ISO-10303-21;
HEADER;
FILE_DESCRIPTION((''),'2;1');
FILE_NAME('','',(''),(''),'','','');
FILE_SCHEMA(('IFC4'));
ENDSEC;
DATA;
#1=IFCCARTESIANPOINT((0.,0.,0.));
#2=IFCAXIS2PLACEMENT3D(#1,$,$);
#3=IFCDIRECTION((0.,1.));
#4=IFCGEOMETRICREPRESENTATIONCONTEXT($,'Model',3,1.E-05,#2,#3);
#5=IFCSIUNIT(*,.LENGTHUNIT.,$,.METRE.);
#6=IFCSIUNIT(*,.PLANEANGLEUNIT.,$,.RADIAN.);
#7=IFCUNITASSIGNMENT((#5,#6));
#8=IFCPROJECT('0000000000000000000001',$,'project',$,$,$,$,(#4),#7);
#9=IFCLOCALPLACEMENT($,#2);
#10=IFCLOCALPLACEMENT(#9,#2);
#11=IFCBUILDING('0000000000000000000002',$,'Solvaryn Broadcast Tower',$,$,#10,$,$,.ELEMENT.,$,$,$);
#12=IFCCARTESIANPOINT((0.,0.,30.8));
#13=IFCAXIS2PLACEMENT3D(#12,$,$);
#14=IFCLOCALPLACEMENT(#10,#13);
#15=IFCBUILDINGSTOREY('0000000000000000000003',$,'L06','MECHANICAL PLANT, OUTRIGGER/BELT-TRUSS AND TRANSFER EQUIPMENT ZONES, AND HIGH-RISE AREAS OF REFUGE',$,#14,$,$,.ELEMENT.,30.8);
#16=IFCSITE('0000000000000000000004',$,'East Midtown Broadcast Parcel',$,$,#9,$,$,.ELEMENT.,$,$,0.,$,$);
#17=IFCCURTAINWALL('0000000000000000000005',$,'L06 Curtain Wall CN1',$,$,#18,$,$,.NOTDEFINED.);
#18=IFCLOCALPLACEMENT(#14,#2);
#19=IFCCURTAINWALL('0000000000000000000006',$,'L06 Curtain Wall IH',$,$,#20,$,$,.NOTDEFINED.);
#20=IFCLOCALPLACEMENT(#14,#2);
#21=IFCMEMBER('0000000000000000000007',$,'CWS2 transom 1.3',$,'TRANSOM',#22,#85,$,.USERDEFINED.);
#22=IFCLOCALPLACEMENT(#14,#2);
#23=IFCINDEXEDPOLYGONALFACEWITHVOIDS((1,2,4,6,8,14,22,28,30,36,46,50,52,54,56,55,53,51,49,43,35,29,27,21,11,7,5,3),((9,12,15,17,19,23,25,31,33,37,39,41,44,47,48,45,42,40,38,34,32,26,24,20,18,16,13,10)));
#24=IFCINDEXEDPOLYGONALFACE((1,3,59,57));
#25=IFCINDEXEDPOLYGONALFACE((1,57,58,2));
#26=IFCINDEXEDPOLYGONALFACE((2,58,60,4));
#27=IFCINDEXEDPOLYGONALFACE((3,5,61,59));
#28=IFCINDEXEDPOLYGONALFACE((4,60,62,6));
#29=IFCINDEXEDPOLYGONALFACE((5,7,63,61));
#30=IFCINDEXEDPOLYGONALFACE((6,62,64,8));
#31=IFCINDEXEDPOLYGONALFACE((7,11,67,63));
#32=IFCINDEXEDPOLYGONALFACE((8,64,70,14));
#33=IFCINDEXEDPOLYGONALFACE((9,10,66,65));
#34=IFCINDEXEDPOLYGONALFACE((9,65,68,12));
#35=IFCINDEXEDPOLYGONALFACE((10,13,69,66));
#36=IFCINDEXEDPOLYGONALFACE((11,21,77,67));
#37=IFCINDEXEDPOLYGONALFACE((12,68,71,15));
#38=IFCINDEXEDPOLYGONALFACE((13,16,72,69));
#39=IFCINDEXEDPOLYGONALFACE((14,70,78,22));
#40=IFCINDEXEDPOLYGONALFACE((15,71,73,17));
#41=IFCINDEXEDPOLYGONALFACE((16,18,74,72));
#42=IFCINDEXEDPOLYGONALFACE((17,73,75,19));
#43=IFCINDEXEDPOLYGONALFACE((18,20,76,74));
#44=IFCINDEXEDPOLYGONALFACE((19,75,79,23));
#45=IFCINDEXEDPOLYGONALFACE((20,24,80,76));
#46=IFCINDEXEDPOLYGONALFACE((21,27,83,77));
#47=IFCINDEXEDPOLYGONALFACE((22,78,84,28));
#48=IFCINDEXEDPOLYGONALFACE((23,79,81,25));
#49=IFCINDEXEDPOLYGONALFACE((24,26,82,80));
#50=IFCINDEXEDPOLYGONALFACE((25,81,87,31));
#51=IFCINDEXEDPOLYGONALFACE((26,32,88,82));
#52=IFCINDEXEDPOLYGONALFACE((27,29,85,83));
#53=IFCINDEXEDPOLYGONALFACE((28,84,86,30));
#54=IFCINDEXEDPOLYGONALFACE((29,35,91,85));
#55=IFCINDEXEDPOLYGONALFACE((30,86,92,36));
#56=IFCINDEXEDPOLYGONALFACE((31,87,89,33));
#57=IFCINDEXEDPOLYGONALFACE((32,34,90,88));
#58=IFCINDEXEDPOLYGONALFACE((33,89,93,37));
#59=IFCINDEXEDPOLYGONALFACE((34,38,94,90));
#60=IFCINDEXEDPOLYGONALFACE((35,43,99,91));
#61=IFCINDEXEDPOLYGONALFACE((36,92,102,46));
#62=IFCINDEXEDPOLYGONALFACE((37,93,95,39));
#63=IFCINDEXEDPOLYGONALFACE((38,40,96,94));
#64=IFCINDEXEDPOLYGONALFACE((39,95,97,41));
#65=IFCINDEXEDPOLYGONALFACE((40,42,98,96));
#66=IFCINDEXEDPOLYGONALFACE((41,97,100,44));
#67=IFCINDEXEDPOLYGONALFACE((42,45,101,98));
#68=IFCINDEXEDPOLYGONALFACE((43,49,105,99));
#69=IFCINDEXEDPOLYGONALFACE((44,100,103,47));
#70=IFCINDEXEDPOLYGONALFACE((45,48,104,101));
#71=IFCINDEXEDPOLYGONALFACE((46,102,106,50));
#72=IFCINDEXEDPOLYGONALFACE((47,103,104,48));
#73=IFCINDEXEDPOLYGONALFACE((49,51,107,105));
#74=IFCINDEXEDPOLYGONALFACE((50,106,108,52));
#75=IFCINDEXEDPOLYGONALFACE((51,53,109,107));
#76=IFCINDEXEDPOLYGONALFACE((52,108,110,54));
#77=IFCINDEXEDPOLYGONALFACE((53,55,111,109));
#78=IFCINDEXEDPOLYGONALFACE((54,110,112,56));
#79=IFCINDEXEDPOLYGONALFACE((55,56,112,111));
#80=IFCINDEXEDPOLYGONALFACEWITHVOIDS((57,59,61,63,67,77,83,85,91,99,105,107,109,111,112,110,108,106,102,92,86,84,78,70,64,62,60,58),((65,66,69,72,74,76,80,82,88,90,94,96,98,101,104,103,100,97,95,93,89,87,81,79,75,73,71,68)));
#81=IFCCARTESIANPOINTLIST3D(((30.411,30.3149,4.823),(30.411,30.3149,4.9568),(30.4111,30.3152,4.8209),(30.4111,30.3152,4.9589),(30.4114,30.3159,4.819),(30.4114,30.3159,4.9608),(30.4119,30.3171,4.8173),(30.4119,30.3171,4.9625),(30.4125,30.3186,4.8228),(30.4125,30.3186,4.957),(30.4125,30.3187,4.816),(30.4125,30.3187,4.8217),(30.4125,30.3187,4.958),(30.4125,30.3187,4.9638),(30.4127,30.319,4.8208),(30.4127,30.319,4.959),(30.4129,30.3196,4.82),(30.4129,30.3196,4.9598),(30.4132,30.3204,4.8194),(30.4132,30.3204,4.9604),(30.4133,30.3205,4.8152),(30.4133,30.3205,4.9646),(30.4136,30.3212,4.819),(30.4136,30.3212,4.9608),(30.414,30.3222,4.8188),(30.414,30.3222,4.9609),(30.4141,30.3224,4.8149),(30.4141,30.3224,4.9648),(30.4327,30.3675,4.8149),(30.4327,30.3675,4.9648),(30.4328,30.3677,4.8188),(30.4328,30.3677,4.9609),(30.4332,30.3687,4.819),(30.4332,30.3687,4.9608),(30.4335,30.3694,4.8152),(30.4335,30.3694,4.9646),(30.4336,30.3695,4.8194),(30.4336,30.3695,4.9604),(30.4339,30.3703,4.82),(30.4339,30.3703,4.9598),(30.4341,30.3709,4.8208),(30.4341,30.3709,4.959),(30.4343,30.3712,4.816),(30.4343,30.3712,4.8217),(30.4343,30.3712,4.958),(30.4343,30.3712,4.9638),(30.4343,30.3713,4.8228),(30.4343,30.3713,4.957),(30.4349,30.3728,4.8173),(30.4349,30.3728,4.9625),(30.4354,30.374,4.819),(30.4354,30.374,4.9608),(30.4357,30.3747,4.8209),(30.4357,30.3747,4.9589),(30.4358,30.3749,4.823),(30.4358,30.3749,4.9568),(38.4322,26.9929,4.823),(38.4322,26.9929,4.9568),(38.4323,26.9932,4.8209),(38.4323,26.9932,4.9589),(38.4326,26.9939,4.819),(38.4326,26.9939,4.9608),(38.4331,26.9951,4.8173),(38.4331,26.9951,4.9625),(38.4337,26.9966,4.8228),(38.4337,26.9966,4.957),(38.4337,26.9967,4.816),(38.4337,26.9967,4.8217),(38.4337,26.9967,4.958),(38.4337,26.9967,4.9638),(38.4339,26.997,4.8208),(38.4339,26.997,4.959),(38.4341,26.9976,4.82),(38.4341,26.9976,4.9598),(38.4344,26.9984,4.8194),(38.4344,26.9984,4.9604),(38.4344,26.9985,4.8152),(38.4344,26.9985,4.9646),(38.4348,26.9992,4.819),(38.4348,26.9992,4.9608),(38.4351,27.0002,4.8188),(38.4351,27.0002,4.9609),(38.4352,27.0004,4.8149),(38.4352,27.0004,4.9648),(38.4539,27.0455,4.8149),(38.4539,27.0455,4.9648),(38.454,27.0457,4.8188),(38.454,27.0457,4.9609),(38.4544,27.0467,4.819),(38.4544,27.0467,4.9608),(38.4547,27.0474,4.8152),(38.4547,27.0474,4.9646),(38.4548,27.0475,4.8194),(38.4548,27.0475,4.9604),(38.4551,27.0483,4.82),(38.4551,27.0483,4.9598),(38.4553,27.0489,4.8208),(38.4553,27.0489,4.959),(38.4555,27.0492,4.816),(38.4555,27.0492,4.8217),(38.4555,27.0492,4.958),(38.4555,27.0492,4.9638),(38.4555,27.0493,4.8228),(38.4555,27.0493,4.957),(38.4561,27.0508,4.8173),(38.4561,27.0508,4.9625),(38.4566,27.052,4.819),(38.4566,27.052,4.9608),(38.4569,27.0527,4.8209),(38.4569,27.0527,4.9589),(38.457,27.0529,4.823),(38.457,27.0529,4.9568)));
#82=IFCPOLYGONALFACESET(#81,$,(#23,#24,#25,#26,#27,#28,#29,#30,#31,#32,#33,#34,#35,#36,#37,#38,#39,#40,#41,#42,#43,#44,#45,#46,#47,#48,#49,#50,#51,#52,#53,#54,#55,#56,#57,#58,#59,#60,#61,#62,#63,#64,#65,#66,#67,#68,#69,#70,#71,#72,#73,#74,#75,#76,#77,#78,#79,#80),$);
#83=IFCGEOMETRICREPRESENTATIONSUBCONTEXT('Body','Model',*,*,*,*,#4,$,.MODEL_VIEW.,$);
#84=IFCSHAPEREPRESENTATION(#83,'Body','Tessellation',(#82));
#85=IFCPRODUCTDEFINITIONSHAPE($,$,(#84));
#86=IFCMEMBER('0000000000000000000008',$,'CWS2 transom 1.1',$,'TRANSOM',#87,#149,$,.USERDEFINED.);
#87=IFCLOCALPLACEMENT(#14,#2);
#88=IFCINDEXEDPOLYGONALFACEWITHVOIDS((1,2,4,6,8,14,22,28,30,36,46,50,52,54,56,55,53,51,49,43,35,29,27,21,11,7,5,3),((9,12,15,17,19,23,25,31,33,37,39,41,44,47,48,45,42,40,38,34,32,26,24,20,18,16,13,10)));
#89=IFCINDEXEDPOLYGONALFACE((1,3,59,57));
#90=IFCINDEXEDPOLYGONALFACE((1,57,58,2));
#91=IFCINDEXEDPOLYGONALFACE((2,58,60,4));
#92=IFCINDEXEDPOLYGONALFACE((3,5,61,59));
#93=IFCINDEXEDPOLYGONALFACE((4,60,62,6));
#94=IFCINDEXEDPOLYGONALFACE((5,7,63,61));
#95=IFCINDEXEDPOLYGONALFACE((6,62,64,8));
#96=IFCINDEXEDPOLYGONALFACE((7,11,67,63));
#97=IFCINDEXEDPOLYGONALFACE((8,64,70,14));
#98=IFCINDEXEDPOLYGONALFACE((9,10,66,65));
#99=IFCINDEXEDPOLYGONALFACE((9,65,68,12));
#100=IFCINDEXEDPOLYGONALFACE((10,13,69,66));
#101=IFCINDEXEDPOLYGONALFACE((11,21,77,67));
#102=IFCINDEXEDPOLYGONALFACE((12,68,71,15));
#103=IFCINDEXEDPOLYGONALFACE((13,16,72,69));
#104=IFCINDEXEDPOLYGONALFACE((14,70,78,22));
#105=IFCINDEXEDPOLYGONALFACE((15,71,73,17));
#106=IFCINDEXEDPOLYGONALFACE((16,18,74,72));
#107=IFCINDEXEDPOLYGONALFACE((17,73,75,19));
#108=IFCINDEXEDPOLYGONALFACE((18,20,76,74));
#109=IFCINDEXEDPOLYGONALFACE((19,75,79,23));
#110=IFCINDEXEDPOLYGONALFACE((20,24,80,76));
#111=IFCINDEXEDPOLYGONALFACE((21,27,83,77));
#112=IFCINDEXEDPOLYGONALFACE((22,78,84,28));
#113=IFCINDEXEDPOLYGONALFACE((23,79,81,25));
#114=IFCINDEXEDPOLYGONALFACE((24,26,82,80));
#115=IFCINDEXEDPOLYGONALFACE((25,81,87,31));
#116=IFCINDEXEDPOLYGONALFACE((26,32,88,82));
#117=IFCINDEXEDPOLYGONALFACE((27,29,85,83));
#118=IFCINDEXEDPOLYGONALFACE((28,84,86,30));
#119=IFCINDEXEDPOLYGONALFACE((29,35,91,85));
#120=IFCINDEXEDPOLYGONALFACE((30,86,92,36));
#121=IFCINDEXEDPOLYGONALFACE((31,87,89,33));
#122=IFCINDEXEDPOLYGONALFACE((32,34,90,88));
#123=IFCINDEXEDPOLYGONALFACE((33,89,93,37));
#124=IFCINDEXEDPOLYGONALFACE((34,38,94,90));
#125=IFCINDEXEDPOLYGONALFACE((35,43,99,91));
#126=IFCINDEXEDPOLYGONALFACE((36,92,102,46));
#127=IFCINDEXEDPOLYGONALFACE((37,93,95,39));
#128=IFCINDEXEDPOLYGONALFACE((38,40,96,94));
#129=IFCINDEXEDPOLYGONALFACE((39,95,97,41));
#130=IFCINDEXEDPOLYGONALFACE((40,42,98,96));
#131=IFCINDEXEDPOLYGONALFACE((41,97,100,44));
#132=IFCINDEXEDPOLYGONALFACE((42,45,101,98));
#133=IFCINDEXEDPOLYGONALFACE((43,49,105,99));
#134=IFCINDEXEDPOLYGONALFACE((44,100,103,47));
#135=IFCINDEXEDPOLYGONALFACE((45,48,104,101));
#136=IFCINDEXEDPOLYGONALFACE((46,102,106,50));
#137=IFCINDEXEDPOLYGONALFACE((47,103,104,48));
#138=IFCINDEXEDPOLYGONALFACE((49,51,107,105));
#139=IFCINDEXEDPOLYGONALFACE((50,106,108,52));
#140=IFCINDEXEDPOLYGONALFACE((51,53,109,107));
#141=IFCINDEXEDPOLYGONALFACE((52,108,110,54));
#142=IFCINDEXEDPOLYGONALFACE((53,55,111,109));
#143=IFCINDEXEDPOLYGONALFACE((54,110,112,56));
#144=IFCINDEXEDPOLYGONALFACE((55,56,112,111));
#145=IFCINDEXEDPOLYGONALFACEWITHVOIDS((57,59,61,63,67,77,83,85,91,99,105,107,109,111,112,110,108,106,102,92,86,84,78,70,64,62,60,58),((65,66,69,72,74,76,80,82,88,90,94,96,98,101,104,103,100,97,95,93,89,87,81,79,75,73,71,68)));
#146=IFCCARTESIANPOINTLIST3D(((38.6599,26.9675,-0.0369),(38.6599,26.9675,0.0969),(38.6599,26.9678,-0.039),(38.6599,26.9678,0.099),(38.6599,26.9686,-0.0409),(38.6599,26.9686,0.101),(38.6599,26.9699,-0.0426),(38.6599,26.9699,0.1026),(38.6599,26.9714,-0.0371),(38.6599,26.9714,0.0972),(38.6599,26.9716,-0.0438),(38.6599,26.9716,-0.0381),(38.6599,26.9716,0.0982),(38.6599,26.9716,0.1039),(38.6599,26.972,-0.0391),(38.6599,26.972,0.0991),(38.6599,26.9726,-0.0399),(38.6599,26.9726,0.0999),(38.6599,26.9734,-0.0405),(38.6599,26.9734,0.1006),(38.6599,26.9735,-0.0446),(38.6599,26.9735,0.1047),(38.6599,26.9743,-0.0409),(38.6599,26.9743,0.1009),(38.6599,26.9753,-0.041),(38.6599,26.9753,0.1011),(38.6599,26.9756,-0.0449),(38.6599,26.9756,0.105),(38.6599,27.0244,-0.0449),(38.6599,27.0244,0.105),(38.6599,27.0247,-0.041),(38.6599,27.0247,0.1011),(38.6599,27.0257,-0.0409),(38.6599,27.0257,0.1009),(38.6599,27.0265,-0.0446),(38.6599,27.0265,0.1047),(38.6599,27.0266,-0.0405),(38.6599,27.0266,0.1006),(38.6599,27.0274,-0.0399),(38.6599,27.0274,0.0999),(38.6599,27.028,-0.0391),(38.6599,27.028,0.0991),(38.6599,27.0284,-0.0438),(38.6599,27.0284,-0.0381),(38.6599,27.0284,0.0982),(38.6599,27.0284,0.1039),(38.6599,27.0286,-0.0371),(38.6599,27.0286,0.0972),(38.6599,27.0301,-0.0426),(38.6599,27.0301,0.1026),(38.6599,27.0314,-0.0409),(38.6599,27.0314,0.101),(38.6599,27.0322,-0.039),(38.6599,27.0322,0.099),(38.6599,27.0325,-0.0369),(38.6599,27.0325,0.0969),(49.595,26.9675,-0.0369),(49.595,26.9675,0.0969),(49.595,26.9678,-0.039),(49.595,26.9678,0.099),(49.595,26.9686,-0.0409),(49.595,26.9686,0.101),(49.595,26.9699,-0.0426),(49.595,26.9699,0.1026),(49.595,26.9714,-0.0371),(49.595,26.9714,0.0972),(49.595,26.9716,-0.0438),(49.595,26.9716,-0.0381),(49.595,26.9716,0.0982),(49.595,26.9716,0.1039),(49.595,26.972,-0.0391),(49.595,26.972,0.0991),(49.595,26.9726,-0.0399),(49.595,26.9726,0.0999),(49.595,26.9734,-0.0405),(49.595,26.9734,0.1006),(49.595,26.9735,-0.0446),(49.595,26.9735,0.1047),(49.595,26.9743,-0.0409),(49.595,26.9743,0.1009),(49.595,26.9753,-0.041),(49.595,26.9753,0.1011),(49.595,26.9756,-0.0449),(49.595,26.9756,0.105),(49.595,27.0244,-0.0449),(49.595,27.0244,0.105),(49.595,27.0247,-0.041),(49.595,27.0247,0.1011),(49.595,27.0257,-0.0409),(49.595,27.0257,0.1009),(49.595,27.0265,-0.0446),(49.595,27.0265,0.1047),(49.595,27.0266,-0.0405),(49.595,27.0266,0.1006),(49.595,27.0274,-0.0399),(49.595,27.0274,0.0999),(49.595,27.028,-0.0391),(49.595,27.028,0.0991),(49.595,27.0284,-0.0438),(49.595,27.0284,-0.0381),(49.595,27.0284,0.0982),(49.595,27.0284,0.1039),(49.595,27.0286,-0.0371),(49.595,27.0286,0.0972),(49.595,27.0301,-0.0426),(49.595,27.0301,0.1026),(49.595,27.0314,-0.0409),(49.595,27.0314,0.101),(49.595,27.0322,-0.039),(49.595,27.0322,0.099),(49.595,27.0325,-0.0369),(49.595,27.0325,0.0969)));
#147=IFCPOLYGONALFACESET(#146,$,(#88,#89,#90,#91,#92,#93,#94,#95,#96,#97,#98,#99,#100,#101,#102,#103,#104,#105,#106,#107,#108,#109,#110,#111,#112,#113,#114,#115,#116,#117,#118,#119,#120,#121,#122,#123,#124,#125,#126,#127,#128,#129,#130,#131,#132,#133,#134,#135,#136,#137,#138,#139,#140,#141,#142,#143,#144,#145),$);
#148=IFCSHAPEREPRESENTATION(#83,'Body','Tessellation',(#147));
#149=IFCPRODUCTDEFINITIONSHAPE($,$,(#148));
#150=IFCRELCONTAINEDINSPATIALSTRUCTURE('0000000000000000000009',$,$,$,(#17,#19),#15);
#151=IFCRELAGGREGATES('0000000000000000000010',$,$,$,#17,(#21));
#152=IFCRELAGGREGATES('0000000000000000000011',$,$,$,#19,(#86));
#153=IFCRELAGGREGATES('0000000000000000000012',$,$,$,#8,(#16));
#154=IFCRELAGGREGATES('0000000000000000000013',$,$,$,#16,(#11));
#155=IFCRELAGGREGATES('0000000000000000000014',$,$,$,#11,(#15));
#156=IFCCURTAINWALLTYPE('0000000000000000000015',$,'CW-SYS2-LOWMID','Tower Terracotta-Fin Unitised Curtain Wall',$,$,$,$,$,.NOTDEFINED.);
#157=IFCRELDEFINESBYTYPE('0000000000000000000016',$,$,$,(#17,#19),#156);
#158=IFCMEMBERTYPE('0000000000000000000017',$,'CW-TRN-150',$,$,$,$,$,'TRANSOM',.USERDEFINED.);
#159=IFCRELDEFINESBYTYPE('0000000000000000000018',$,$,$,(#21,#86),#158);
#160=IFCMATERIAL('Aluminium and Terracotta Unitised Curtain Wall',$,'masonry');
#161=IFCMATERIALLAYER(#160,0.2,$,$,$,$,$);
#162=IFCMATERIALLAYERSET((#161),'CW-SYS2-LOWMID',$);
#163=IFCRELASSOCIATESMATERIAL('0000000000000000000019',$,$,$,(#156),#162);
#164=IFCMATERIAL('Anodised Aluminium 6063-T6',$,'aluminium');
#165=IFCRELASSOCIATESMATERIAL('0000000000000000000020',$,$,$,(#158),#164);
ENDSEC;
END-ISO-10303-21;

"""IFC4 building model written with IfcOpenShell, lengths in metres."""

from ifc_helpers import new_model, si_unit, direction, frame, origin, origin_2d, place, context, subcontext, project, spatial, hollow_rectangle, extrude, material, layer, layer_set, material_profile, profile_set, type_object, element, aggregate, save


model = new_model("IFC4")

# Units and contexts
model_context = context("Model", 3, precision=1e-05, world=origin(), true_north=direction((0.0, 1.0)))
body_context = subcontext(model_context, "Body", "Model", "MODEL_VIEW")
ifc_project = project(units=[si_unit("LENGTHUNIT", "METRE"), si_unit("PLANEANGLEUNIT", "RADIAN")], contexts=[model_context])

# Site, building, storey
site_placement = place(None, origin())
site = spatial("IfcSite", under=ifc_project, at=site_placement, Name="East Midtown Broadcast Parcel", CompositionType="ELEMENT", RefElevation=0.0)
building_placement = place(site_placement, origin())
building = spatial("IfcBuilding", under=site, at=building_placement, Name="Solvaryn Broadcast Tower", CompositionType="ELEMENT")
storey_placement = place(building_placement, frame((0.0, 0.0, 30.8)))
storey = spatial("IfcBuildingStorey", under=building, at=storey_placement, Name="L06", Description="MECHANICAL PLANT, OUTRIGGER/BELT-TRUSS AND TRANSFER EQUIPMENT ZONES, AND HIGH-RISE AREAS OF REFUGE", CompositionType="ELEMENT", Elevation=30.8)

# Curtain wall
ifc_material_1 = material(Name="Aluminium and Terracotta Unitised Curtain Wall", Category="masonry")
ifc_layer_1 = layer(ifc_material_1, 0.2)
ifc_layer_set_1 = layer_set([ifc_layer_1], Name="CW-SYS2-LOWMID")
curtain_wall_type = type_object("IfcCurtainWallType", Name="CW-SYS2-LOWMID", Description="Tower Terracotta-Fin Unitised Curtain Wall", PredefinedType="NOTDEFINED", material=ifc_layer_set_1)
curtain_wall_1_placement = place(storey_placement, origin())
curtain_wall_1 = element("IfcCurtainWall", 1, at=curtain_wall_1_placement, inside=storey, type_object=curtain_wall_type, Name="L06 Curtain Wall CN1", PredefinedType="NOTDEFINED")

# Curtain wall
curtain_wall_2_placement = place(storey_placement, origin())
curtain_wall_2 = element("IfcCurtainWall", 2, at=curtain_wall_2_placement, inside=storey, type_object=curtain_wall_type, Name="L06 Curtain Wall IH", PredefinedType="NOTDEFINED")

# Members
ifc_material_2 = material(Name="Anodised Aluminium 6063-T6", Category="aluminium")
ifc_material_profile_1 = material_profile(ifc_material_2, hollow_rectangle(XDim=0.0649, YDim=0.1499, WallThickness=0.0039, InnerFilletRadius=0.0039, OuterFilletRadius=0.0081, at=origin_2d()))
ifc_profile_set_1 = profile_set([ifc_material_profile_1], Name="Anodised Aluminium 6063-T6")
member_type_1 = type_object("IfcMemberType", Name="CW-TRN-150", ElementType="TRANSOM", PredefinedType="USERDEFINED", material=ifc_profile_set_1)
member_1_placement = place(storey_placement, frame((38.4446, 27.0229, 4.8899), z_axis=(-0.923899, 0.382636, 0.0), x_axis=(-0.382636, -0.923899, 0.0)))
member_1 = element("IfcMember", 3, at=member_1_placement, type_object=member_type_1, Name="CWS2 transom 1.3", ObjectType="TRANSOM", PredefinedType="USERDEFINED", context=body_context, shape_type="SweptSolid", body=[
    extrude(hollow_rectangle(XDim=0.0649, YDim=0.1499, WallThickness=0.0039, InnerFilletRadius=0.0039, OuterFilletRadius=0.0081, at=origin_2d()), origin(), (0.0, 0.0, 1.0), 8.6819),
])
aggregate(curtain_wall_1, [member_1])
member_2_placement = place(storey_placement, frame((38.6599, 27.0, 0.03), z_axis=(1.0, 0.0, 0.0), x_axis=(0.0, 1.0, 0.0)))
member_2 = element("IfcMember", 4, at=member_2_placement, type_object=member_type_1, Name="CWS2 transom 1.1", ObjectType="TRANSOM", PredefinedType="USERDEFINED", context=body_context, shape_type="SweptSolid", body=[
    extrude(hollow_rectangle(XDim=0.0649, YDim=0.1499, WallThickness=0.0039, InnerFilletRadius=0.0039, OuterFilletRadius=0.0081, at=origin_2d()), origin(), (0.0, 0.0, 1.0), 10.9351),
])

aggregate(curtain_wall_2, [member_2])

save(model, "model.ifc")
